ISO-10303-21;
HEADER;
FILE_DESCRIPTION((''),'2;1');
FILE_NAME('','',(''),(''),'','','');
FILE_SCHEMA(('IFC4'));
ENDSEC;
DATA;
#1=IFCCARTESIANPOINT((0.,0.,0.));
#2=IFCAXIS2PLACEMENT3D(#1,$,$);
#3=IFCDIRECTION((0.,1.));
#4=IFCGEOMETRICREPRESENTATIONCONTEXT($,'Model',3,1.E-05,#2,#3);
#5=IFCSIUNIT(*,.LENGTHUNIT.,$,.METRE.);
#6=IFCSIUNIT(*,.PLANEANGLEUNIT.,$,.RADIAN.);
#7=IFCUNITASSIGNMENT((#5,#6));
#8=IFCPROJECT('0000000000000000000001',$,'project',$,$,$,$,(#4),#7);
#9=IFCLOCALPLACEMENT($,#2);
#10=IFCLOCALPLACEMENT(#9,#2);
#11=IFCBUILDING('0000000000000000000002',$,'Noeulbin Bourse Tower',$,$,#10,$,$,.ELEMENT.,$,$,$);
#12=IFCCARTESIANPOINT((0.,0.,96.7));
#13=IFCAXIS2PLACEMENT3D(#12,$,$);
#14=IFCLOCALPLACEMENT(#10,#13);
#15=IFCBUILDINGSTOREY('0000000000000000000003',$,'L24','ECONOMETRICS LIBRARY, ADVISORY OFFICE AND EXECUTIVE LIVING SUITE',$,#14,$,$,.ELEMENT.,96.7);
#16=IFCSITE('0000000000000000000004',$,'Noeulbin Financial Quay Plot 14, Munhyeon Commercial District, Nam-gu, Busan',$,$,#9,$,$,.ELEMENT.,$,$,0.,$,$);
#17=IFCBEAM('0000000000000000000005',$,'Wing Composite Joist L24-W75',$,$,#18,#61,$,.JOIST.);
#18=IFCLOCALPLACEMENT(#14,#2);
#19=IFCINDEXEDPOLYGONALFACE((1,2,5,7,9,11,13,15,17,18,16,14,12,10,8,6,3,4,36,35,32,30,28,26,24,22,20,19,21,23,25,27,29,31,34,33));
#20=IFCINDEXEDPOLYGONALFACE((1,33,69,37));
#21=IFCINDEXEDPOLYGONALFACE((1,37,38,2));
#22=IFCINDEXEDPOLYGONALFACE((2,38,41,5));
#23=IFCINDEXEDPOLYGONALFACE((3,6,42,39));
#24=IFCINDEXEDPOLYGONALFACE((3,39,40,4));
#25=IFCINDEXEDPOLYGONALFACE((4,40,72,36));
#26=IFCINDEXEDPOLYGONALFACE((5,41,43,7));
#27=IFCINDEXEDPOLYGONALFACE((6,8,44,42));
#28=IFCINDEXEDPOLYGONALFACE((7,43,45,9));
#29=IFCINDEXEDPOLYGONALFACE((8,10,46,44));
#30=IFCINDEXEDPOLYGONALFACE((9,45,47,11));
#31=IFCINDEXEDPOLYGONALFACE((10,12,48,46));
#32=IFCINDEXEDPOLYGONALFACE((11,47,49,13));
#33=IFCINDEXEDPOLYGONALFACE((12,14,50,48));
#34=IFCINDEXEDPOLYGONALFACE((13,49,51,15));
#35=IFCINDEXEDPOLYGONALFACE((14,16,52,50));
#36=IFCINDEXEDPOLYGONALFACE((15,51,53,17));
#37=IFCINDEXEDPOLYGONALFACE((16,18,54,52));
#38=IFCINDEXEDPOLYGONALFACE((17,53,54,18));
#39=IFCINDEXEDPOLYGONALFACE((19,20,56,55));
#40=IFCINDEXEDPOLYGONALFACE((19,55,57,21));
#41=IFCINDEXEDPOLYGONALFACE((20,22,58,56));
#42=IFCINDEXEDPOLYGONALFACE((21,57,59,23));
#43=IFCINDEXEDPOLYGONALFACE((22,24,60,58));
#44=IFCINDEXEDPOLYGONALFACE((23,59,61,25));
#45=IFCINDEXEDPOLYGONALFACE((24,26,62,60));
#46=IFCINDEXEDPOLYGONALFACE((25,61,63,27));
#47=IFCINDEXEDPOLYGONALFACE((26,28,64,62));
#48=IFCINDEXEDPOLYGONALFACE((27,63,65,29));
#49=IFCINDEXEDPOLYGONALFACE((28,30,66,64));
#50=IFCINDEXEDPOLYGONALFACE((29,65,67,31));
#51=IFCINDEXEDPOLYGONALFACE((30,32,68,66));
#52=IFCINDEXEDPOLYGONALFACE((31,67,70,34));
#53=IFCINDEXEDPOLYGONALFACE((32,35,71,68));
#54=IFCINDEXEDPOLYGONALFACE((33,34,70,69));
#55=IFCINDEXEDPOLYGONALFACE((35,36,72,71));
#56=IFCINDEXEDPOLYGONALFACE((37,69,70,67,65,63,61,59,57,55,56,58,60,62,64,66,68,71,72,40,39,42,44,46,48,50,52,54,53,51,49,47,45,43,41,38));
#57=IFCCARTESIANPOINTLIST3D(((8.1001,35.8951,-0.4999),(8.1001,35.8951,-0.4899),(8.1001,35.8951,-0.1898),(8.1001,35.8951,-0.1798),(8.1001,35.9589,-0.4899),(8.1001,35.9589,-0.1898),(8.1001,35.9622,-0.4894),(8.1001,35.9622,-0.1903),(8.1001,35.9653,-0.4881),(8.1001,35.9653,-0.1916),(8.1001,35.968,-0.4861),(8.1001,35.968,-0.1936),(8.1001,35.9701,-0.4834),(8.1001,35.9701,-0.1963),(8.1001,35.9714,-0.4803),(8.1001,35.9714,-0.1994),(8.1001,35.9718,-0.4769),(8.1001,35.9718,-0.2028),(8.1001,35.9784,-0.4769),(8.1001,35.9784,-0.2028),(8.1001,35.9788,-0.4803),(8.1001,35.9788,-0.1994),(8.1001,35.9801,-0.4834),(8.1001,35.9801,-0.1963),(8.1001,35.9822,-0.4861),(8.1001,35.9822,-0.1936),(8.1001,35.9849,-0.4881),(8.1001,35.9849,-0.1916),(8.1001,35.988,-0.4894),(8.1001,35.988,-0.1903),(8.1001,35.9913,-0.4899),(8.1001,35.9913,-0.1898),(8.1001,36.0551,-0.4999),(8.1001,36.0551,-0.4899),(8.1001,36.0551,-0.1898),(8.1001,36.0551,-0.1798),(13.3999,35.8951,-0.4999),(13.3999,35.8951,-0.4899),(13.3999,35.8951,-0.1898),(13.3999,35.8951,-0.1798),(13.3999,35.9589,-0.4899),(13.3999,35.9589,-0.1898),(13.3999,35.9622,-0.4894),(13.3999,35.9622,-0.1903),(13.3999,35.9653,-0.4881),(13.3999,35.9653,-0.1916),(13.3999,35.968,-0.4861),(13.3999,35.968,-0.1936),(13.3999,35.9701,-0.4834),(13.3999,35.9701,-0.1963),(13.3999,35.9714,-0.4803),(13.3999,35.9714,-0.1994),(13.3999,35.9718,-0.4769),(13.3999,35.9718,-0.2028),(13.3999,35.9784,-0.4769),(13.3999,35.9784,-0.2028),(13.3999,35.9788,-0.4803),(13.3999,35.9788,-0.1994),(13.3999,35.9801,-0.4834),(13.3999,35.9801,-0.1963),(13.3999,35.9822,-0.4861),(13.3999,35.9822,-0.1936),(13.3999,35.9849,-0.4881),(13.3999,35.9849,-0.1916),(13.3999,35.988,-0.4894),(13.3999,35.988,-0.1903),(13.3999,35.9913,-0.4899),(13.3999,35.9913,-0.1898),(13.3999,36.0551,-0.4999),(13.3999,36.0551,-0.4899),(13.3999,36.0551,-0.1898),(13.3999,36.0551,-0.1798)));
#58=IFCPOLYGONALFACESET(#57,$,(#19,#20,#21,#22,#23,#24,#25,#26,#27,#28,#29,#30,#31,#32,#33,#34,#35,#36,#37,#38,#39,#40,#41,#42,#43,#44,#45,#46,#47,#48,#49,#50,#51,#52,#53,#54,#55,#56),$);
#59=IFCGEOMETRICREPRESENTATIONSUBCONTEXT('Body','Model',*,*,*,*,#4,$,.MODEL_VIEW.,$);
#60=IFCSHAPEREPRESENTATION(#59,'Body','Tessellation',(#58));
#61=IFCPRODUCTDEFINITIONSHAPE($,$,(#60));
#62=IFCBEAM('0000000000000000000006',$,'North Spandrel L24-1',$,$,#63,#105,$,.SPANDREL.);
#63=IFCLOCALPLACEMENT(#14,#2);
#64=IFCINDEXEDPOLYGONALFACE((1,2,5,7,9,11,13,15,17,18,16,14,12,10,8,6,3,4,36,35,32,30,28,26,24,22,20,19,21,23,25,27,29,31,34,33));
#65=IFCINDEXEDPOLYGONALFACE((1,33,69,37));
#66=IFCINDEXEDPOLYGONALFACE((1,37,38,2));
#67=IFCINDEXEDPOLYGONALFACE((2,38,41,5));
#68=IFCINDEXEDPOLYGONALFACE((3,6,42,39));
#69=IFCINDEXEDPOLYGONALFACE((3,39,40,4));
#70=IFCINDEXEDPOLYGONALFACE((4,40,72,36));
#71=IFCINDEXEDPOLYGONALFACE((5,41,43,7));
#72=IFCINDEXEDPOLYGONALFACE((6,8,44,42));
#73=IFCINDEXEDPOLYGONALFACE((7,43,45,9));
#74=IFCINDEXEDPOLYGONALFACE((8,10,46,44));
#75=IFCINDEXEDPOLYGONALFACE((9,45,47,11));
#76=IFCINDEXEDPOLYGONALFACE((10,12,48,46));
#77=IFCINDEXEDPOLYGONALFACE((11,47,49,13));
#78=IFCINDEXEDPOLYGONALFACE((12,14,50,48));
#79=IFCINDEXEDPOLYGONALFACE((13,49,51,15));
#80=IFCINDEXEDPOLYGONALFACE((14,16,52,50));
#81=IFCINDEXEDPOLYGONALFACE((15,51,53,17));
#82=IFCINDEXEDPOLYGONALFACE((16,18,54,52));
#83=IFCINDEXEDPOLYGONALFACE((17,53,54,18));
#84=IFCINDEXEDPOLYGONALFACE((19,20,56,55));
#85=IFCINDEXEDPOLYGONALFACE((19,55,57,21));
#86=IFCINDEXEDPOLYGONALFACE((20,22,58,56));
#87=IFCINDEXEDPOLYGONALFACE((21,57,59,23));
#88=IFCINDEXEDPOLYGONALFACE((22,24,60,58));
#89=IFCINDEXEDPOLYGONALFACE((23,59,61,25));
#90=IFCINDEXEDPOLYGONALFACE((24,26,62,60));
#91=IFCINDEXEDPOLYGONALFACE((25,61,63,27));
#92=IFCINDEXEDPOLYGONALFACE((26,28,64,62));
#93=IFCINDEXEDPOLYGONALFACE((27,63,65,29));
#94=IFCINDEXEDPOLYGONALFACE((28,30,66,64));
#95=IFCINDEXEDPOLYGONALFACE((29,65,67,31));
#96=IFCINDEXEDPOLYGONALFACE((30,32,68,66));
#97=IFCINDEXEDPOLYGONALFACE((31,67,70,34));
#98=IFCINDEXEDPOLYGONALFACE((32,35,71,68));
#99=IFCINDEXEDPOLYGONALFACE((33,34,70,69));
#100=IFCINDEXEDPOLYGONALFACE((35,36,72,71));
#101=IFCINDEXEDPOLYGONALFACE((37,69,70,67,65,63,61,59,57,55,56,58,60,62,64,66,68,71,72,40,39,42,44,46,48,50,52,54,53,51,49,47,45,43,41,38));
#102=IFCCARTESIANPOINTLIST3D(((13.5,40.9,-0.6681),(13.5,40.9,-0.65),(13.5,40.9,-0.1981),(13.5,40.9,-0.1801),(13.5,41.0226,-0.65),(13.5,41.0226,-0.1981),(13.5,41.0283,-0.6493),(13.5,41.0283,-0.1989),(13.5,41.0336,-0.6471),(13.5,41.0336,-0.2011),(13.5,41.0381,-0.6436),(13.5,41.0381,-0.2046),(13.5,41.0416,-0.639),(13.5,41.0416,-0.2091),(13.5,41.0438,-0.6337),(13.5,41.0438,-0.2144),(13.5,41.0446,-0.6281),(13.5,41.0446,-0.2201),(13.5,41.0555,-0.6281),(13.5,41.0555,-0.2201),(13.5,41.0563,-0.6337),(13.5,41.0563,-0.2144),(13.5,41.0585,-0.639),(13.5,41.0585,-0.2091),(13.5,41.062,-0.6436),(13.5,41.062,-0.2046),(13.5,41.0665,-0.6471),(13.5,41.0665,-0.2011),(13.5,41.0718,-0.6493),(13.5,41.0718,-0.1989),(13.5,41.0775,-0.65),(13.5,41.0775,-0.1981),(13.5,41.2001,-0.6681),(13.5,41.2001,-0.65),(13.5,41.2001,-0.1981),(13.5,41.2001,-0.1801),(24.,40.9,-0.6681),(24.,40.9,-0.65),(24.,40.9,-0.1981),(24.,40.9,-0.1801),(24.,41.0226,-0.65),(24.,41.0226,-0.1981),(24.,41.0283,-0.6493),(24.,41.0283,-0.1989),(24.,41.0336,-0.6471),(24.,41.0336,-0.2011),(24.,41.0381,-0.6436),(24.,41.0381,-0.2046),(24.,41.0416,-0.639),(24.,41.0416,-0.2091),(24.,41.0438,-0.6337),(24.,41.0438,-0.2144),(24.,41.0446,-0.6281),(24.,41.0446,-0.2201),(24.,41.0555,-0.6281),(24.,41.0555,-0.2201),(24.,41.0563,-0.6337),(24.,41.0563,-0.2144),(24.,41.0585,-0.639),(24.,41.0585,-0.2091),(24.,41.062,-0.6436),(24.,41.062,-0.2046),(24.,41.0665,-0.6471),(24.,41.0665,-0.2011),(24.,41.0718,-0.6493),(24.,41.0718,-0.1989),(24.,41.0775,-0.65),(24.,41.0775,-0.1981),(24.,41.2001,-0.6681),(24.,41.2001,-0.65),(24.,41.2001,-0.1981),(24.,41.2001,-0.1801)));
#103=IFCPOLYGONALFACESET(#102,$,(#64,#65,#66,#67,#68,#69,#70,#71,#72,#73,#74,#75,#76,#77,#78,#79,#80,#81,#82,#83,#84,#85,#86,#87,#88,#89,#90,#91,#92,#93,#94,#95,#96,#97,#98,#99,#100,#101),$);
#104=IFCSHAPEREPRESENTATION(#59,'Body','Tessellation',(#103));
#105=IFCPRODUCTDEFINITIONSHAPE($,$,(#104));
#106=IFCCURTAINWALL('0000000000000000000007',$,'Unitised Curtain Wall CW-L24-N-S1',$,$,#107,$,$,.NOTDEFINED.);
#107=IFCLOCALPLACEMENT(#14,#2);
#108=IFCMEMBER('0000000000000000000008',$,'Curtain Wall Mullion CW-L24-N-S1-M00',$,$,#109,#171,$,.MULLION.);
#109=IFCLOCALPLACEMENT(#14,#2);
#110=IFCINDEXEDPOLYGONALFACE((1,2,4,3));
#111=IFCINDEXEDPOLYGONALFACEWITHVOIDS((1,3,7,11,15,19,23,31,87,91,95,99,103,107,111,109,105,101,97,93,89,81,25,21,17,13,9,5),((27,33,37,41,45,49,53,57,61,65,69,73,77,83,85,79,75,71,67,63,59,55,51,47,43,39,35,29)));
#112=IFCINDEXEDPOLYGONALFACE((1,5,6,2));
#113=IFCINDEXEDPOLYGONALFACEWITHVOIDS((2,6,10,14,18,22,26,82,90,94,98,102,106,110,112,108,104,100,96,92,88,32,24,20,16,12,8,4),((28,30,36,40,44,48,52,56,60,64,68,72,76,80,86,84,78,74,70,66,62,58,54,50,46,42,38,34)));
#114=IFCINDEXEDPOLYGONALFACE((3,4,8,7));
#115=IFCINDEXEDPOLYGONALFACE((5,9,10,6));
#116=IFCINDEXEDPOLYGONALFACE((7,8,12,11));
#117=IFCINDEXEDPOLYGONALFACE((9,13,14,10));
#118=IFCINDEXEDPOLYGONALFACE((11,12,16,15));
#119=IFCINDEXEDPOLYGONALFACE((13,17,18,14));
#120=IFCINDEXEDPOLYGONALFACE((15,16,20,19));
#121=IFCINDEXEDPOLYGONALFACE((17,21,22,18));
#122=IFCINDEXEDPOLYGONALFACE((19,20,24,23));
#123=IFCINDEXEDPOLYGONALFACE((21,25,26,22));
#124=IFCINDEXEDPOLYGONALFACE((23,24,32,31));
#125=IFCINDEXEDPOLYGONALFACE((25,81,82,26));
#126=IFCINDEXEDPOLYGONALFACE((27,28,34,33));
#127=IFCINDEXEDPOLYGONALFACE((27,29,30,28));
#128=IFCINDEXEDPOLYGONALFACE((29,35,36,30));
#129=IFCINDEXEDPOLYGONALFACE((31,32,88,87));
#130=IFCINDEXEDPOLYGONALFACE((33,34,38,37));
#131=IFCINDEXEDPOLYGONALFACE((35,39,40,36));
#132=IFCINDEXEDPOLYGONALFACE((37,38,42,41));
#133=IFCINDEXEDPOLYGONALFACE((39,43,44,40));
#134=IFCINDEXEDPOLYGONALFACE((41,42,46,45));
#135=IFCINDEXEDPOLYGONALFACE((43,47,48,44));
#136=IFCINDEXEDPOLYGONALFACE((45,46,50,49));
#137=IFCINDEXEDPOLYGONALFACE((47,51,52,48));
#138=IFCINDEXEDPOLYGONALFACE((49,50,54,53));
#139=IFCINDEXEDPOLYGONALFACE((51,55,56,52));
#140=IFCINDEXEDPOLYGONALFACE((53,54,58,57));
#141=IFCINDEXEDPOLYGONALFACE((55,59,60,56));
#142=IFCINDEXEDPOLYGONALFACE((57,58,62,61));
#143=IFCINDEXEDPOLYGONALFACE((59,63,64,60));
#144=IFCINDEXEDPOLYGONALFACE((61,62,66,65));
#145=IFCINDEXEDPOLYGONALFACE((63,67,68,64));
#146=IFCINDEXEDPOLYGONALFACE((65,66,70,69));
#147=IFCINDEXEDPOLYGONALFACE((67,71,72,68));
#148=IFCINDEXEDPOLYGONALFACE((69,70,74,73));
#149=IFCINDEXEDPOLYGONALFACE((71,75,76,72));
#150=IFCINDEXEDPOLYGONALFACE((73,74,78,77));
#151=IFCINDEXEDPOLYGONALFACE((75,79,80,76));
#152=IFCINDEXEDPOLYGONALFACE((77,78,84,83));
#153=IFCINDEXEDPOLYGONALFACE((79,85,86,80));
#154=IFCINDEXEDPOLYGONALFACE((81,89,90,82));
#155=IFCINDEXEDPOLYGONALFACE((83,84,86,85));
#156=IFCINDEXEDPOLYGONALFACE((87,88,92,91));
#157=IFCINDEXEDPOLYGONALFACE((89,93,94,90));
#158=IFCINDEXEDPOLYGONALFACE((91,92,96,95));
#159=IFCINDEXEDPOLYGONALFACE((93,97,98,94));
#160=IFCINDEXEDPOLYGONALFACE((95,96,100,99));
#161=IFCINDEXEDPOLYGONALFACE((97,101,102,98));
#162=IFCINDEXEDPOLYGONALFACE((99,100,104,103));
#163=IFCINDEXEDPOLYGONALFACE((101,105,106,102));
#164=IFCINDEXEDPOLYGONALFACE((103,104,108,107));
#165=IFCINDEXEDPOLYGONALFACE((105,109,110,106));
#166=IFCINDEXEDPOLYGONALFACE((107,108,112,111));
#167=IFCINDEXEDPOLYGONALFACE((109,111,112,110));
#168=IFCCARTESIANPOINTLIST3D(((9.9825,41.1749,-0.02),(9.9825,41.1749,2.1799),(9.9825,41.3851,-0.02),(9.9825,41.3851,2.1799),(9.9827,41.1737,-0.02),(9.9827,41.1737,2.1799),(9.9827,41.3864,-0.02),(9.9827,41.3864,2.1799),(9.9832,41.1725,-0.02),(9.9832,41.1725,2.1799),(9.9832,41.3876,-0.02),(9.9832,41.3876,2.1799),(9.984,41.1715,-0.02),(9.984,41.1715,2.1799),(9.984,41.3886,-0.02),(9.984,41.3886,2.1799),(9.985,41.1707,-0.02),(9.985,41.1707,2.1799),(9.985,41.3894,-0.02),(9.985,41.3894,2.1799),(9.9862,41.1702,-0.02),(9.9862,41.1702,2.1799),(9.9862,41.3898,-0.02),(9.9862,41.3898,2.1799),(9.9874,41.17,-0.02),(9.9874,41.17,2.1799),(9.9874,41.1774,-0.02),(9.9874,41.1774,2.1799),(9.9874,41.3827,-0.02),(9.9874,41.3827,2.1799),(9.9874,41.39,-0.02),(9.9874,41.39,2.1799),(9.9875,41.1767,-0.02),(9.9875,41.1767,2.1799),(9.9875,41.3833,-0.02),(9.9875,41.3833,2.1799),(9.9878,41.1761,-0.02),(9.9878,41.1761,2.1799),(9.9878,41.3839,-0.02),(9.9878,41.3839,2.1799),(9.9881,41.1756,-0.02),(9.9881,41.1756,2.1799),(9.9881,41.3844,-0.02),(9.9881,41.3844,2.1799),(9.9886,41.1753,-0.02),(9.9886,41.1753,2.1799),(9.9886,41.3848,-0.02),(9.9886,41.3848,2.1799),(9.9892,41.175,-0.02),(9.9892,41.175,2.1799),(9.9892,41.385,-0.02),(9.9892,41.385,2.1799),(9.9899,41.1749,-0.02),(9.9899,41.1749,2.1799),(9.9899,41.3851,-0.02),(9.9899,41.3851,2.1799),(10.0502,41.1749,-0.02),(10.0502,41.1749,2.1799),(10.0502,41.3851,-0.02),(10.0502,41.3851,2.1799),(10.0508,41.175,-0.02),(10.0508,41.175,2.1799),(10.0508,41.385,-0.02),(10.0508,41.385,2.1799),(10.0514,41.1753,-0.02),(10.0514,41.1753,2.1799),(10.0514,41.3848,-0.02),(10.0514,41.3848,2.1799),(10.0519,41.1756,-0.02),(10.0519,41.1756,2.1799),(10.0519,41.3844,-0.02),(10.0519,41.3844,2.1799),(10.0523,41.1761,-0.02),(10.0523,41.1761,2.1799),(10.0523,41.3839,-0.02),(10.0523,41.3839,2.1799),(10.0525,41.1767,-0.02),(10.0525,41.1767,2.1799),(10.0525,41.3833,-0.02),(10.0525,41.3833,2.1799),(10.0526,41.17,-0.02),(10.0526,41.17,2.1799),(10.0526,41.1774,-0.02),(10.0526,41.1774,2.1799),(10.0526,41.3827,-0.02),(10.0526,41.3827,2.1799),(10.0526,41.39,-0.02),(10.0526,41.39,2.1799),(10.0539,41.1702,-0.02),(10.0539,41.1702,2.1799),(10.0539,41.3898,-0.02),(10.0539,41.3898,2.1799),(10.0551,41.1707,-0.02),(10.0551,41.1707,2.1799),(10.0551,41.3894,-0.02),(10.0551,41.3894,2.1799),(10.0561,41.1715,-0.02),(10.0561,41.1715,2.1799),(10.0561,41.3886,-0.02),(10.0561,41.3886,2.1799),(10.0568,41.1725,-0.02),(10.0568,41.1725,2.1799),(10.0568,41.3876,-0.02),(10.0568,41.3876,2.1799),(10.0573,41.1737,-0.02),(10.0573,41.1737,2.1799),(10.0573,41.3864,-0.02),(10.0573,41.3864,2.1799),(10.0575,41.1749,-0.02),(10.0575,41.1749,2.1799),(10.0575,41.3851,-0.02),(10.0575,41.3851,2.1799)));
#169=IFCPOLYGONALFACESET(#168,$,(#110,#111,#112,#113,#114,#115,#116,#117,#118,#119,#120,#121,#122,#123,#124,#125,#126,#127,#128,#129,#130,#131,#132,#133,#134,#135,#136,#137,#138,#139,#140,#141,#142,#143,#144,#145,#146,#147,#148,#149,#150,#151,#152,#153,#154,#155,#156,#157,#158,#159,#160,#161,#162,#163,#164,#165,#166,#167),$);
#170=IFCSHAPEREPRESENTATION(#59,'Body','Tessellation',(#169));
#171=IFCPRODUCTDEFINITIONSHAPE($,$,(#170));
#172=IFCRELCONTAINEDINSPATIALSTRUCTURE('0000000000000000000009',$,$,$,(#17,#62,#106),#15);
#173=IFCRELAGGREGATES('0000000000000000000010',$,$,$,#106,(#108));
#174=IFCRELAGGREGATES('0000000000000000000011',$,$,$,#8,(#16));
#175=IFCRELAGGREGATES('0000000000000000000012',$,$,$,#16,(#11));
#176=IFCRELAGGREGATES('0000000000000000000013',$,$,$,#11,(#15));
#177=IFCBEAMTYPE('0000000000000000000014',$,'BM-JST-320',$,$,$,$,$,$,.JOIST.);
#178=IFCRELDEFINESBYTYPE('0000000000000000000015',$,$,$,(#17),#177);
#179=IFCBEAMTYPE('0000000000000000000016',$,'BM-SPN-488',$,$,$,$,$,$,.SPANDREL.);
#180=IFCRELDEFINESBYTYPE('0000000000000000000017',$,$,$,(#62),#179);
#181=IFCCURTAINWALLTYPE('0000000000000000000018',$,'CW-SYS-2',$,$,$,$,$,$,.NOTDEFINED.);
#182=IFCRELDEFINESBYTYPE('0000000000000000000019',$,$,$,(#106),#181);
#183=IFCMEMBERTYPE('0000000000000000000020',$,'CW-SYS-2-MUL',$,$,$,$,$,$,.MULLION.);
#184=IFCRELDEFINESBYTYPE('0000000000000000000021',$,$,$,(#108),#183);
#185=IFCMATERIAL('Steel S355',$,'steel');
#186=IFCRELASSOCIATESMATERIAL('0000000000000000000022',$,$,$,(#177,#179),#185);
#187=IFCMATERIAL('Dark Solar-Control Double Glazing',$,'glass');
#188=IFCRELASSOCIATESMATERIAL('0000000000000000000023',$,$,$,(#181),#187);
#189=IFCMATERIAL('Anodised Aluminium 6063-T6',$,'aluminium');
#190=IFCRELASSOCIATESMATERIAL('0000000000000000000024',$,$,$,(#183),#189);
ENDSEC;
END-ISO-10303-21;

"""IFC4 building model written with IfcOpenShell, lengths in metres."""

from ifc_helpers import new_model, si_unit, direction, frame, origin, origin_2d, place, context, subcontext, project, spatial, hollow_rectangle, i_section, extrude, material, material_profile, profile_set, type_object, element, aggregate, save


model = new_model("IFC4")

# Units and contexts
model_context = context("Model", 3, precision=1e-05, world=origin(), true_north=direction((0.0, 1.0)))
body_context = subcontext(model_context, "Body", "Model", "MODEL_VIEW")
ifc_project = project(units=[si_unit("LENGTHUNIT", "METRE"), si_unit("PLANEANGLEUNIT", "RADIAN")], contexts=[model_context])

# Site, building, storey
site_placement = place(None, origin())
site = spatial("IfcSite", under=ifc_project, at=site_placement, Name="Noeulbin Financial Quay Plot 14, Munhyeon Commercial District, Nam-gu, Busan", CompositionType="ELEMENT", RefElevation=0.0)
building_placement = place(site_placement, origin())
building = spatial("IfcBuilding", under=site, at=building_placement, Name="Noeulbin Bourse Tower", CompositionType="ELEMENT")
storey_placement = place(building_placement, frame((0.0, 0.0, 96.7)))
storey = spatial("IfcBuildingStorey", under=building, at=storey_placement, Name="L24", Description="ECONOMETRICS LIBRARY, ADVISORY OFFICE AND EXECUTIVE LIVING SUITE", CompositionType="ELEMENT", Elevation=96.7)

# Beams
ifc_material_1 = material(Name="Steel S355", Category="steel")
ifc_material_profile_1 = material_profile(ifc_material_1, i_section(OverallWidth=0.1599, OverallDepth=0.3201, WebThickness=0.0066, FlangeThickness=0.01, FilletRadius=0.0129, at=origin_2d()), Name="H-320x160x6.5x10", Category="LoadBearing")
ifc_profile_set_1 = profile_set([ifc_material_profile_1], Name="Steel S355")
beam_type_1 = type_object("IfcBeamType", Name="BM-JST-320", PredefinedType="JOIST", material=ifc_profile_set_1)
beam_1_placement = place(storey_placement, frame((8.1001, 35.9751, -0.3398), z_axis=(1.0, 0.0, 0.0), x_axis=(0.0, 1.0, 0.0)))
element("IfcBeam", 1, at=beam_1_placement, inside=storey, type_object=beam_type_1, Name="Wing Composite Joist L24-W75", PredefinedType="JOIST", context=body_context, shape_type="SweptSolid", body=[
    extrude(i_section(OverallWidth=0.1599, OverallDepth=0.3201, WebThickness=0.0066, FlangeThickness=0.01, FilletRadius=0.0129, at=origin_2d()), origin(), (0.0, 0.0, 1.0), 5.2998),
])
ifc_material_profile_2 = material_profile(ifc_material_1, i_section(OverallWidth=0.3, OverallDepth=0.488, WebThickness=0.011, FlangeThickness=0.0181, FilletRadius=0.022, at=origin_2d()), Name="H-488x300x11x18", Category="LoadBearing")
ifc_profile_set_2 = profile_set([ifc_material_profile_2], Name="Steel S355")
beam_type_2 = type_object("IfcBeamType", Name="BM-SPN-488", PredefinedType="SPANDREL", material=ifc_profile_set_2)
beam_2_placement = place(storey_placement, frame((13.5, 41.05, -0.4241), z_axis=(1.0, 0.0, 0.0), x_axis=(0.0, 1.0, 0.0)))
element("IfcBeam", 2, at=beam_2_placement, inside=storey, type_object=beam_type_2, Name="North Spandrel L24-1", PredefinedType="SPANDREL", context=body_context, shape_type="SweptSolid", body=[
    extrude(i_section(OverallWidth=0.3, OverallDepth=0.488, WebThickness=0.011, FlangeThickness=0.0181, FilletRadius=0.022, at=origin_2d()), origin(), (0.0, 0.0, 1.0), 10.5),
])

# Curtain wall, member
ifc_material_2 = material(Name="Dark Solar-Control Double Glazing", Category="glass")
curtain_wall_type = type_object("IfcCurtainWallType", Name="CW-SYS-2", PredefinedType="NOTDEFINED", material=ifc_material_2)
curtain_wall_1_placement = place(storey_placement, origin())
curtain_wall_1 = element("IfcCurtainWall", 3, at=curtain_wall_1_placement, inside=storey, type_object=curtain_wall_type, Name="Unitised Curtain Wall CW-L24-N-S1", PredefinedType="NOTDEFINED")
ifc_material_3 = material(Name="Anodised Aluminium 6063-T6", Category="aluminium")
ifc_material_profile_3 = material_profile(ifc_material_3, hollow_rectangle(XDim=0.075, YDim=0.22, WallThickness=0.0049, InnerFilletRadius=0.0024, OuterFilletRadius=0.0049, at=origin_2d()), Name="ALU-MULL-75x220x5", Category="LoadBearing")
ifc_profile_set_3 = profile_set([ifc_material_profile_3], Name="Anodised Aluminium 6063-T6")
member_type_1 = type_object("IfcMemberType", Name="CW-SYS-2-MUL", PredefinedType="MULLION", material=ifc_profile_set_3)
member_1_placement = place(storey_placement, frame((10.02, 41.28, -0.02), z_axis=(0.0, 0.0, 1.0), x_axis=(1.0, 0.0, 0.0)))
member_1 = element("IfcMember", 4, at=member_1_placement, type_object=member_type_1, Name="Curtain Wall Mullion CW-L24-N-S1-M00", PredefinedType="MULLION", context=body_context, shape_type="SweptSolid", body=[
    extrude(hollow_rectangle(XDim=0.075, YDim=0.22, WallThickness=0.0049, InnerFilletRadius=0.0024, OuterFilletRadius=0.0049, at=origin_2d()), origin(), (0.0, 0.0, 1.0), 2.2),
])

aggregate(curtain_wall_1, [member_1])

save(model, "model.ifc")
